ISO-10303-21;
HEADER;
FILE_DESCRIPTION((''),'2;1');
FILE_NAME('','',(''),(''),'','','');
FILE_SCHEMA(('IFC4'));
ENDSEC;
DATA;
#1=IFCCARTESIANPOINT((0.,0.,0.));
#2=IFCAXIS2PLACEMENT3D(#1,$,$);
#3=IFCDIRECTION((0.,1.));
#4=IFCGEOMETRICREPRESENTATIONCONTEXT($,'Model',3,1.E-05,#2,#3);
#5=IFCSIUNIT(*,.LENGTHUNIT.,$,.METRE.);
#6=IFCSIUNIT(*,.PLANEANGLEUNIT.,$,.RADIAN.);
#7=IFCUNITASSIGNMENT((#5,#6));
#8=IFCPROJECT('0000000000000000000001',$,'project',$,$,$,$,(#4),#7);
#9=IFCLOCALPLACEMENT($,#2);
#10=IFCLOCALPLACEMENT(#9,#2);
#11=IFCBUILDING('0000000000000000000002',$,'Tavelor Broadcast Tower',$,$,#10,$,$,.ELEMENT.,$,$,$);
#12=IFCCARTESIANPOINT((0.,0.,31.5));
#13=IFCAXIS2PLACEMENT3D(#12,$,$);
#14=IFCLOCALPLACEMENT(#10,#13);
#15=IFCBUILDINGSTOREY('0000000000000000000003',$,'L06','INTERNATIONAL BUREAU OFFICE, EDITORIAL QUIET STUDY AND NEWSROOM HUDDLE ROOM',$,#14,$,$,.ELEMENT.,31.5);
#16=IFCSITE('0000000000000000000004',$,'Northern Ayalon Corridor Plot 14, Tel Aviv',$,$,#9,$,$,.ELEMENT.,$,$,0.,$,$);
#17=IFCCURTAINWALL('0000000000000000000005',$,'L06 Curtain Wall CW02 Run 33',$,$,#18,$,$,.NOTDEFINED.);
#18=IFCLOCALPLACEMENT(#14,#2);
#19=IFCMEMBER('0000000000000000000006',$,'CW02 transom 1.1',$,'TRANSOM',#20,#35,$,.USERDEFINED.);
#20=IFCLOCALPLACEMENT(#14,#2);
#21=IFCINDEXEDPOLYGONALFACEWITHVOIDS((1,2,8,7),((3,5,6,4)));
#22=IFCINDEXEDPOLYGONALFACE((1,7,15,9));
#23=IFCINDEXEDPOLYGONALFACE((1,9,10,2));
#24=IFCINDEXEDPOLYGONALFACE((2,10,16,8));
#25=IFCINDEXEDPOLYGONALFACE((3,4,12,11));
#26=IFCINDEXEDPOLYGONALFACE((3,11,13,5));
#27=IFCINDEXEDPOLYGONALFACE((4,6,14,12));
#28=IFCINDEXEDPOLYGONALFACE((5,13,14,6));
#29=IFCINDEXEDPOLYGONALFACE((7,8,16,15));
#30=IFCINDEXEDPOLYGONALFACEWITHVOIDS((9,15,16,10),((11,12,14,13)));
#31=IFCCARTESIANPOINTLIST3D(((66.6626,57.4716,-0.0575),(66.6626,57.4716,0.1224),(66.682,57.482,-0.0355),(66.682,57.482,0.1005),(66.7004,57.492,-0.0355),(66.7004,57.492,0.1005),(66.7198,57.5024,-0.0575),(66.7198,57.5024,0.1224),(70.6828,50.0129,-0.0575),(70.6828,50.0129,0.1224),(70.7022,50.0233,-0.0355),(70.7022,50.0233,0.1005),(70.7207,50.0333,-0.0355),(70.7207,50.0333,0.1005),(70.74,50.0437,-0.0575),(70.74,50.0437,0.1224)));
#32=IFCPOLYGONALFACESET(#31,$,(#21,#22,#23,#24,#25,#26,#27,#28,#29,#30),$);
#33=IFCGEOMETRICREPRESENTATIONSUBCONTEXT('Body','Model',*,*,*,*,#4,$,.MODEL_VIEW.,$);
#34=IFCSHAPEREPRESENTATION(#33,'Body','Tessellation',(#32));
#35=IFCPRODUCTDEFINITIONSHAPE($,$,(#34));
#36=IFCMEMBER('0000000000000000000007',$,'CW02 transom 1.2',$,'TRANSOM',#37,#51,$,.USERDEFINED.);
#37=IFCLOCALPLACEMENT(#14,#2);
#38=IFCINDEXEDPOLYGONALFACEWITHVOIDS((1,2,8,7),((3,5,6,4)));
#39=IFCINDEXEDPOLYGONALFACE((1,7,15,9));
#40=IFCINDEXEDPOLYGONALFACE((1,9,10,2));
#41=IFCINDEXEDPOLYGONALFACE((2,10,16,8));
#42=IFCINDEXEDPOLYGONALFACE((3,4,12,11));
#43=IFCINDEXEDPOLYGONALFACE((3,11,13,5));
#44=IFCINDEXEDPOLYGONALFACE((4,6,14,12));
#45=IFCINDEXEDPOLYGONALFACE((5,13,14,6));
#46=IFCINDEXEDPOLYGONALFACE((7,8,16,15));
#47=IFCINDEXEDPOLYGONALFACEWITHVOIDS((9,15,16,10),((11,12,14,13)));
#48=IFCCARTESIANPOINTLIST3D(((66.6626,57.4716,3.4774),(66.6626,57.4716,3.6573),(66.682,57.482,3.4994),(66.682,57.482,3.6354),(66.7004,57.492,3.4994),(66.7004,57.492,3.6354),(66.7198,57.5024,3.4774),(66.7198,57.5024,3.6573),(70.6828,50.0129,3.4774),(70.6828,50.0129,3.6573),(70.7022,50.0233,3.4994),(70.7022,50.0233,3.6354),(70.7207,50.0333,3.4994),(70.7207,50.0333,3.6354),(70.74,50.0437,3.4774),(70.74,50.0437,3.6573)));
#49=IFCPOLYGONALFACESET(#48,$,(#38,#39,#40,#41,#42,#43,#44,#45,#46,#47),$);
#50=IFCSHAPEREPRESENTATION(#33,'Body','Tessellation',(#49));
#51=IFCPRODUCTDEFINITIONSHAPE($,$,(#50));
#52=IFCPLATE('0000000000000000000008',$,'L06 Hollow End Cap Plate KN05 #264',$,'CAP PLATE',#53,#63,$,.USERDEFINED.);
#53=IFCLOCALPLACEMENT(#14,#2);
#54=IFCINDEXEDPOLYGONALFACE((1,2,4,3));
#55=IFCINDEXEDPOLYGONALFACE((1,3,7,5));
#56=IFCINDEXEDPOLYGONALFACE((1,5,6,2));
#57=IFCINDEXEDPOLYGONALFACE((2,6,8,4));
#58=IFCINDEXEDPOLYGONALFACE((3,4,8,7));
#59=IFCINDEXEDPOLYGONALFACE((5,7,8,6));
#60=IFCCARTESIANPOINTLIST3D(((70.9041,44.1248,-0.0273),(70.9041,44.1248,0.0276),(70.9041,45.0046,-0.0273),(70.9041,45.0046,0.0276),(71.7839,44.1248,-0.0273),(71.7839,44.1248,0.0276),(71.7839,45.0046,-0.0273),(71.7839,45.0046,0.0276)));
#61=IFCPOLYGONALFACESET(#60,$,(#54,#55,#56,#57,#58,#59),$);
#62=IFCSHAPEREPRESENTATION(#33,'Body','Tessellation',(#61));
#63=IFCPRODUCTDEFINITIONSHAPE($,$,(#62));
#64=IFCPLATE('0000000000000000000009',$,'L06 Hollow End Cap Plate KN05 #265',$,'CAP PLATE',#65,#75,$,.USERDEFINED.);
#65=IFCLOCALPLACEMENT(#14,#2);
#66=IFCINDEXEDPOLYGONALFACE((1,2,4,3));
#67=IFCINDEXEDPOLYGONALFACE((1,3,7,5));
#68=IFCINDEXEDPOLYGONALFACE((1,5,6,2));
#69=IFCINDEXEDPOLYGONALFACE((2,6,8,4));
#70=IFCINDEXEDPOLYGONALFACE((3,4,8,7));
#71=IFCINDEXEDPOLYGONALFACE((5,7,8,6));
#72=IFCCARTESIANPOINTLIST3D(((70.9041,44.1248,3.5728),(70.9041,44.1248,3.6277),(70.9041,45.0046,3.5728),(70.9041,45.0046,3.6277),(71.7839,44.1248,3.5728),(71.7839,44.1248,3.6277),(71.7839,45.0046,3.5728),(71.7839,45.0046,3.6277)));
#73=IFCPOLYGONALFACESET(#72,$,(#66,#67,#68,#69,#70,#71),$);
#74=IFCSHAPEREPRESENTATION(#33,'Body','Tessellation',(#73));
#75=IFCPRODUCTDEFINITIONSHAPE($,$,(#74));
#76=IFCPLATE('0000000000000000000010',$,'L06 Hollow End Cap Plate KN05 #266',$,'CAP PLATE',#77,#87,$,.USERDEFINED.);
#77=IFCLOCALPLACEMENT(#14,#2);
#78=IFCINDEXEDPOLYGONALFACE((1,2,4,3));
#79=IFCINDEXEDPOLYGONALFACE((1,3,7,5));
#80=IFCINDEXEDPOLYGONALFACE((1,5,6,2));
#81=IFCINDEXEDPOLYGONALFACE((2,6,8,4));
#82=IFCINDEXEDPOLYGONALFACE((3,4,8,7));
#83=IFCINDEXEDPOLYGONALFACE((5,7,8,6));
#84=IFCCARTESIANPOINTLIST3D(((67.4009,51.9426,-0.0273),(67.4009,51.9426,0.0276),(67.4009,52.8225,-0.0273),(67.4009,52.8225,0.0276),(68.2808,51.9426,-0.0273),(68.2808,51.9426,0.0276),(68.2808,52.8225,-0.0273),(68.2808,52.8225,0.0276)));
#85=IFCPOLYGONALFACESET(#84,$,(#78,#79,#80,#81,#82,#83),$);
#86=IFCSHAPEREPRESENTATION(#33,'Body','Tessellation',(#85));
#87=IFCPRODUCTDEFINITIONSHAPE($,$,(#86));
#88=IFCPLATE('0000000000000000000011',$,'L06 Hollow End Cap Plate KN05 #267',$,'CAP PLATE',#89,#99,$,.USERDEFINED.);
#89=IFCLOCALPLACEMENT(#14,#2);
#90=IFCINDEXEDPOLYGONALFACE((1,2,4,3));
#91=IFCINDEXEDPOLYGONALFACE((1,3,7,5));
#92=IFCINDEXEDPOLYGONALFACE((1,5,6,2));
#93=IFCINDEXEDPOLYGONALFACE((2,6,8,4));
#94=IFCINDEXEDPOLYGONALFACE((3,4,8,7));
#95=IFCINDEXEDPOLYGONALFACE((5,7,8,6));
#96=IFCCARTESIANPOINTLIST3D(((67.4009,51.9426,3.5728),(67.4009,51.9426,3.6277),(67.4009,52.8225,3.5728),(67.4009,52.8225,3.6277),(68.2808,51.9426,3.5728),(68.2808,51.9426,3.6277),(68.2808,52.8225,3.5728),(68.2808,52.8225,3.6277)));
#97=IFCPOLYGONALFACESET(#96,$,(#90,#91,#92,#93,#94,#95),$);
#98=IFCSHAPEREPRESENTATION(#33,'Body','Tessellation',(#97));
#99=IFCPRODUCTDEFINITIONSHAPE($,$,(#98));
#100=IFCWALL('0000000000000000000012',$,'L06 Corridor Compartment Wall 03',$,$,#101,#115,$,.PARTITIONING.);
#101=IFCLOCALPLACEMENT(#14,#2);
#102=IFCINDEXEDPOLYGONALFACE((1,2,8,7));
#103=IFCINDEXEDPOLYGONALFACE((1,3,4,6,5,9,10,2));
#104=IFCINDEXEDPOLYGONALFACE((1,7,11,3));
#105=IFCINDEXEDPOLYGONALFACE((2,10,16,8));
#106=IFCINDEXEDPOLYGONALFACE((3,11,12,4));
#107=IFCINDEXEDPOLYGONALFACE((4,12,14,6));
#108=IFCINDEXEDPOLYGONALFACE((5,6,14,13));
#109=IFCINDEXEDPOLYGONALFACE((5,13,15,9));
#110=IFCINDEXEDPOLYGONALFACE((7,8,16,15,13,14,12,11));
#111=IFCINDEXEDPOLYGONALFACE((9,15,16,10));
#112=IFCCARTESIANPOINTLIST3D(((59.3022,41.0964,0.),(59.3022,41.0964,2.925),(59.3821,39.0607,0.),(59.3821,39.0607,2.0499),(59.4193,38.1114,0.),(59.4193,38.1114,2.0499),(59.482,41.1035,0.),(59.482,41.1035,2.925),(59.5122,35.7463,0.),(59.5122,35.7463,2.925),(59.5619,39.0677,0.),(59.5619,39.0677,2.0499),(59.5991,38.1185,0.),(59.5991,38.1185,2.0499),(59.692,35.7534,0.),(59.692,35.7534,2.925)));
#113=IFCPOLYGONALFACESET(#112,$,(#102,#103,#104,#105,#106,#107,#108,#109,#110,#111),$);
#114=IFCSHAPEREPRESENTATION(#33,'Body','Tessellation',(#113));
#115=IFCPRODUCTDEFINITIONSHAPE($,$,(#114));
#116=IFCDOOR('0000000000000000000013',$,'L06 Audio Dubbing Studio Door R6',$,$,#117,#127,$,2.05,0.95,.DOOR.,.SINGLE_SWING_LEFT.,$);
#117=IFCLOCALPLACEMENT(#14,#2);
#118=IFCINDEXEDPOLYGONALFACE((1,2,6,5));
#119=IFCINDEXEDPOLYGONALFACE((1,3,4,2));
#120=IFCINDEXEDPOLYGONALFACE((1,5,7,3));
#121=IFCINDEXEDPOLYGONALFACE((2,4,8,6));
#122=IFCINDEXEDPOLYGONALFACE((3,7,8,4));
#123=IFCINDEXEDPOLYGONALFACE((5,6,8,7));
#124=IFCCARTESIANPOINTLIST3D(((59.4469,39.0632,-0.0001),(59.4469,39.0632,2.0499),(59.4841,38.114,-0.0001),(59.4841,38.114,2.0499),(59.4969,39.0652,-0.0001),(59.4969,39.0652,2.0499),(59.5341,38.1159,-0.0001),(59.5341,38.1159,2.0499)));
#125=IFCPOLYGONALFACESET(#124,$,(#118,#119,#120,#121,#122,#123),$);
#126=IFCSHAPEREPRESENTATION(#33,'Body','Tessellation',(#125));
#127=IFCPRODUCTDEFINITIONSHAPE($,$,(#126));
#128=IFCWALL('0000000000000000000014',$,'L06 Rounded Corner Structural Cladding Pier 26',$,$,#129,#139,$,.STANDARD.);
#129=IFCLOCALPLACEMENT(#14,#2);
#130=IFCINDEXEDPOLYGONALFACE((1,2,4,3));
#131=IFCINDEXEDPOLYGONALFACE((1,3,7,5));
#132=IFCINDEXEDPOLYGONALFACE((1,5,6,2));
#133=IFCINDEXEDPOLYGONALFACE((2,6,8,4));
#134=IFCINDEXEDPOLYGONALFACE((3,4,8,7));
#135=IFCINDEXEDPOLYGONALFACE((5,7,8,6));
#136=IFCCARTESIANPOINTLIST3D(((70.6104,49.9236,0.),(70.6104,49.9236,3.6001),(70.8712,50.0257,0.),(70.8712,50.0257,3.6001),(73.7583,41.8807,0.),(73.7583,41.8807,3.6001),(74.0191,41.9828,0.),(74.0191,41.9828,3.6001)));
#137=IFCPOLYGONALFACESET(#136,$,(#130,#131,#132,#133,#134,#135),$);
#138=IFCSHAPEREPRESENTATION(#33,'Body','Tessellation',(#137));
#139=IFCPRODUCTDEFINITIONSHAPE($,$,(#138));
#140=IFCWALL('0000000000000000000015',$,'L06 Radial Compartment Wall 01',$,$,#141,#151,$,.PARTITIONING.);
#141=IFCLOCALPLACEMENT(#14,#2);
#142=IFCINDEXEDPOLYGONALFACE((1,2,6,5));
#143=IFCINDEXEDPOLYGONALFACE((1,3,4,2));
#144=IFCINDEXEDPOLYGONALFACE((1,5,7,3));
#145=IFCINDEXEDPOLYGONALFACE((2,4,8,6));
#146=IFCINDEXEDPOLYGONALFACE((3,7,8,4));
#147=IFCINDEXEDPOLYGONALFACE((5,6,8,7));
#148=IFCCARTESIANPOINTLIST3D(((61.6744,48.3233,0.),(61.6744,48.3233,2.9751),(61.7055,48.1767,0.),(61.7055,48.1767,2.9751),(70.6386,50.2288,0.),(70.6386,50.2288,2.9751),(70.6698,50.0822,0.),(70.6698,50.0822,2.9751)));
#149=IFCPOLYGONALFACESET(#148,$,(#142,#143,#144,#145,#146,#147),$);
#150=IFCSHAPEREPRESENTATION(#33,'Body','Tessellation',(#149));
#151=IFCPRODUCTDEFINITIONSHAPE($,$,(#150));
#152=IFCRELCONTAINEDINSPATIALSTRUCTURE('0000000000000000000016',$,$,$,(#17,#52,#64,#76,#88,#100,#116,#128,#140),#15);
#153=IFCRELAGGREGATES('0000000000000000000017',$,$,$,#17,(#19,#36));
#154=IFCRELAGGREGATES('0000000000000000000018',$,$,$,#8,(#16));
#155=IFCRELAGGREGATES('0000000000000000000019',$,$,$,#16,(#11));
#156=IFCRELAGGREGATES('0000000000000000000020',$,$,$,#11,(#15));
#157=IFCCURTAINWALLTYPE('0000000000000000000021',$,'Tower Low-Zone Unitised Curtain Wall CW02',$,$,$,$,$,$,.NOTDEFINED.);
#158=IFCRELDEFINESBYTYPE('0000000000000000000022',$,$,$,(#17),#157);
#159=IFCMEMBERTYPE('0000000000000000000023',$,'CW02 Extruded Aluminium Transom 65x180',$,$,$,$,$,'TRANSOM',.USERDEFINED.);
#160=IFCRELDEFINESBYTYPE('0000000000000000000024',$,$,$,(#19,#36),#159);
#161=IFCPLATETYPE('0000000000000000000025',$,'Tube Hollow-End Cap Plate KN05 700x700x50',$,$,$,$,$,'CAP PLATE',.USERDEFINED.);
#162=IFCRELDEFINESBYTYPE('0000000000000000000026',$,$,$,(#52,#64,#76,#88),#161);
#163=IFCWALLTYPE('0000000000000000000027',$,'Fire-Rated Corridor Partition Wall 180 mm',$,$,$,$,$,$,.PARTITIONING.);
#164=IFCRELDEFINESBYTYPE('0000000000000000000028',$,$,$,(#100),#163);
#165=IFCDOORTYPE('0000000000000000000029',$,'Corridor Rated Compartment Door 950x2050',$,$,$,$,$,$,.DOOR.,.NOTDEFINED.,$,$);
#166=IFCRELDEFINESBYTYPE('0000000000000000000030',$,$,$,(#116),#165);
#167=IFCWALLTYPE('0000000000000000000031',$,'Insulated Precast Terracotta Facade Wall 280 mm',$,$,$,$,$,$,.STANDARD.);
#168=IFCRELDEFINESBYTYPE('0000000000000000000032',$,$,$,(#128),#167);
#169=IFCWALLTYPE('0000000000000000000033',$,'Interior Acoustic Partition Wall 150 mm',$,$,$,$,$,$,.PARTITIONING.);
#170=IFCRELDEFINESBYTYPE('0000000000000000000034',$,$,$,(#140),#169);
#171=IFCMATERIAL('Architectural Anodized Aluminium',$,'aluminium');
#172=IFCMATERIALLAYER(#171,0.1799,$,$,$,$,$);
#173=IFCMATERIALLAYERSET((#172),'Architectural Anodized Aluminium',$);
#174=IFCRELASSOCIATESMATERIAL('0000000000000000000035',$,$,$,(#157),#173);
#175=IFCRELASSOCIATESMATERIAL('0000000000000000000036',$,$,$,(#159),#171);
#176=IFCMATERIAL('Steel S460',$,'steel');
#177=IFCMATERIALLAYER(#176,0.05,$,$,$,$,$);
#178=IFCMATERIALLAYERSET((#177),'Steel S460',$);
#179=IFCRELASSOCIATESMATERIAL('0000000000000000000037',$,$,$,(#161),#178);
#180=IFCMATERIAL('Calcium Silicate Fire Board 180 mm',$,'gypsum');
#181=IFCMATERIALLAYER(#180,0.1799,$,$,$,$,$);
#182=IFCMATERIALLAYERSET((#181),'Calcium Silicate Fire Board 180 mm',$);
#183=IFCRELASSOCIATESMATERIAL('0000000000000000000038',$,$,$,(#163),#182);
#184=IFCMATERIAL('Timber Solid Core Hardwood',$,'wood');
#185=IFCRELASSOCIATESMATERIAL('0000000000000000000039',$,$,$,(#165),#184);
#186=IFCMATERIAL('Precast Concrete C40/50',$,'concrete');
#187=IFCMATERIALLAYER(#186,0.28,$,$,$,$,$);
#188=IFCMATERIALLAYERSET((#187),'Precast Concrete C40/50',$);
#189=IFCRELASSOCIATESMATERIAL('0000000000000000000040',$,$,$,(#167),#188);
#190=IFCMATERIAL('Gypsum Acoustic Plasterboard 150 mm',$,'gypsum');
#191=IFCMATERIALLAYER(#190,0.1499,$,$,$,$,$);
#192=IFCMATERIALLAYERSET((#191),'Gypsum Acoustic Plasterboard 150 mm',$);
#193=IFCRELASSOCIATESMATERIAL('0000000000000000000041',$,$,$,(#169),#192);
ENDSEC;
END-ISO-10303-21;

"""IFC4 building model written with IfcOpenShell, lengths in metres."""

from ifc_helpers import new_model, si_unit, direction, frame, frame_2d, origin, origin_2d, place, context, subcontext, project, spatial, rectangle, hollow_rectangle, extrude, source, transform, mapped, material, layer, layer_set, material_profile, profile_set, type_object, type_shapes, element, fill, aggregate, save


model = new_model("IFC4")

# Units and contexts
model_context = context("Model", 3, precision=1e-05, world=origin(), true_north=direction((0.0, 1.0)))
body_context = subcontext(model_context, "Body", "Model", "MODEL_VIEW")
ifc_project = project(units=[si_unit("LENGTHUNIT", "METRE"), si_unit("PLANEANGLEUNIT", "RADIAN")], contexts=[model_context])

# Site, building, storey
site_placement = place(None, origin())
site = spatial("IfcSite", under=ifc_project, at=site_placement, Name="Northern Ayalon Corridor Plot 14, Tel Aviv", CompositionType="ELEMENT", RefElevation=0.0)
building_placement = place(site_placement, origin())
building = spatial("IfcBuilding", under=site, at=building_placement, Name="Tavelor Broadcast Tower", CompositionType="ELEMENT")
storey_placement = place(building_placement, frame((0.0, 0.0, 31.5)))
storey = spatial("IfcBuildingStorey", under=building, at=storey_placement, Name="L06", Description="INTERNATIONAL BUREAU OFFICE, EDITORIAL QUIET STUDY AND NEWSROOM HUDDLE ROOM", CompositionType="ELEMENT", Elevation=31.5)

# Shared definitions
ifc_material_1 = material(Name="Steel S460", Category="steel")

# Curtain wall, members
ifc_material_2 = material(Name="Architectural Anodized Aluminium", Category="aluminium")
ifc_layer_1 = layer(ifc_material_2, 0.1799)
ifc_layer_set_1 = layer_set([ifc_layer_1], Name="Architectural Anodized Aluminium")
curtain_wall_type = type_object("IfcCurtainWallType", Name="Tower Low-Zone Unitised Curtain Wall CW02", PredefinedType="NOTDEFINED", material=ifc_layer_set_1)
curtain_wall_placement = place(storey_placement, origin())
curtain_wall = element("IfcCurtainWall", 1, at=curtain_wall_placement, inside=storey, type_object=curtain_wall_type, Name="L06 Curtain Wall CW02 Run 33", PredefinedType="NOTDEFINED")
ifc_material_profile_1 = material_profile(ifc_material_2, hollow_rectangle(XDim=0.0649, YDim=0.1799, WallThickness=0.022, at=origin_2d()), Name="RHS 65x180x22")
ifc_profile_set_1 = profile_set([ifc_material_profile_1], Name="Architectural Anodized Aluminium")
member_type_1 = type_object("IfcMemberType", Name="CW02 Extruded Aluminium Transom 65x180", ElementType="TRANSOM", PredefinedType="USERDEFINED", material=ifc_profile_set_1)
shared_shape_1 = source(origin(), body_context, "Body", "SweptSolid", [
    extrude(hollow_rectangle(XDim=0.0649, YDim=0.1799, WallThickness=0.022, at=origin_2d()), origin(), (0.0, 0.0, 1.0), 8.4731),
])
type_shapes(member_type_1, [shared_shape_1])
member_1_placement = place(storey_placement, frame((70.7114, 50.0283, 0.0325), z_axis=(-0.474467, 0.880273, 0.0), x_axis=(-0.880273, -0.474467, 0.0)))
member_1 = element("IfcMember", 2, at=member_1_placement, type_object=member_type_1, Name="CW02 transom 1.1", ObjectType="TRANSOM", PredefinedType="USERDEFINED", context=body_context, shape_type="MappedRepresentation", body=[
    mapped(shared_shape_1, transform((0.0, 0.0, 0.0), scale=1.0)),
])
member_2_placement = place(storey_placement, frame((70.7114, 50.0283, 3.5674), z_axis=(-0.474467, 0.880273, 0.0), x_axis=(-0.880273, -0.474467, 0.0)))
member_2 = element("IfcMember", 3, at=member_2_placement, type_object=member_type_1, Name="CW02 transom 1.2", ObjectType="TRANSOM", PredefinedType="USERDEFINED", context=body_context, shape_type="MappedRepresentation", body=[
    mapped(shared_shape_1, transform((0.0, 0.0, 0.0), scale=1.0)),
])
aggregate(curtain_wall, [member_1, member_2])

# Plates
ifc_layer_2 = layer(ifc_material_1, 0.05)
ifc_layer_set_2 = layer_set([ifc_layer_2], Name="Steel S460")
plate_type = type_object("IfcPlateType", Name="Tube Hollow-End Cap Plate KN05 700x700x50", ElementType="CAP PLATE", PredefinedType="USERDEFINED", material=ifc_layer_set_2)
shared_shape_2 = source(origin(), body_context, "Body", "SweptSolid", [
    extrude(rectangle(XDim=0.8799, YDim=0.8799, at=origin_2d()), origin(), (0.0, 0.0, 1.0), 0.0549),
])
type_shapes(plate_type, [shared_shape_2])
for number, where, z_axis, x_axis, name in (
    (4, (71.344, 44.5647, -0.0273), (0.0, 0.0, 1.0), (1.0, 0.0, 0.0), "L06 Hollow End Cap Plate KN05 #264"),
    (5, (71.344, 44.5647, 3.5728), (0.0, 0.0, 1.0), (1.0, 0.0, 0.0), "L06 Hollow End Cap Plate KN05 #265"),
    (6, (67.8408, 52.3826, -0.0273), (0.0, 0.0, 1.0), (1.0, 0.0, 0.0), "L06 Hollow End Cap Plate KN05 #266"),
    (7, (67.8408, 52.3826, 3.5728), (0.0, 0.0, 1.0), (1.0, 0.0, 0.0), "L06 Hollow End Cap Plate KN05 #267"),
):
    element("IfcPlate", number, at=place(storey_placement, frame(where, z_axis=z_axis, x_axis=x_axis)), inside=storey, type_object=plate_type, Name=name, ObjectType="CAP PLATE", PredefinedType="USERDEFINED", context=body_context, shape_type="MappedRepresentation", body=[
        mapped(shared_shape_2, transform((0.0, 0.0, 0.0), scale=1.0)),
    ])

# Wall, opening, door
ifc_material_3 = material(Name="Calcium Silicate Fire Board 180 mm", Category="gypsum")
ifc_layer_3 = layer(ifc_material_3, 0.1799)
ifc_layer_set_3 = layer_set([ifc_layer_3], Name="Calcium Silicate Fire Board 180 mm")
wall_type_1 = type_object("IfcWallType", Name="Fire-Rated Corridor Partition Wall 180 mm", PredefinedType="PARTITIONING", material=ifc_layer_set_3)
wall_1_placement = place(storey_placement, frame((59.3921, 41.1001, 0.0), z_axis=(0.0, 0.0, 1.0), x_axis=(0.039214, -0.999231, 0.0)))
wall_1 = element("IfcWall", 8, at=wall_1_placement, inside=storey, type_object=wall_type_1, Name="L06 Corridor Compartment Wall 03", PredefinedType="PARTITIONING", context=body_context, shape_type="SweptSolid", body=[
    extrude(rectangle(XDim=5.3542, YDim=0.1799, at=frame_2d((2.6772, 0.0))), origin(), (0.0, 0.0, 1.0), 2.925),
])
opening_1_placement = place(wall_1_placement, frame((2.0374, 0.0, 0.0)))
opening_1 = element("IfcOpeningElement", 9, at=opening_1_placement, cuts=wall_1, PredefinedType="OPENING", context=body_context, shape_type="SweptSolid", body=[
    extrude(rectangle(XDim=0.95, YDim=2.05, at=frame_2d((0.4751, 1.0249))), frame((0.0, 0.1001, 0.0), z_axis=(0.0, -1.0, 0.0), x_axis=(1.0, 0.0, 0.0)), (0.0, 0.0, 1.0), 0.2),
])
ifc_material_4 = material(Name="Timber Solid Core Hardwood", Category="wood")
door_type_1 = type_object("IfcDoorType", Name="Corridor Rated Compartment Door 950x2050", OperationType="NOTDEFINED", PredefinedType="DOOR", material=ifc_material_4)
door_1_placement = place(opening_1_placement, origin())
door_1 = element("IfcDoor", 10, at=door_1_placement, inside=storey, type_object=door_type_1, Name="L06 Audio Dubbing Studio Door R6", OperationType="SINGLE_SWING_LEFT", OverallHeight=2.05, OverallWidth=0.95, PredefinedType="DOOR", context=body_context, shape_type="SweptSolid", body=[
    extrude(rectangle(XDim=0.95, YDim=2.05, at=frame_2d((0.4751, 1.0249))), frame((0.0, 0.0249, 0.0), z_axis=(0.0, -1.0, 0.0), x_axis=(1.0, 0.0, 0.0)), (0.0, 0.0, 1.0), 0.05),
])
fill(opening_1, door_1)

# Walls
ifc_material_5 = material(Name="Precast Concrete C40/50", Category="concrete")
ifc_layer_4 = layer(ifc_material_5, 0.28)
ifc_layer_set_4 = layer_set([ifc_layer_4], Name="Precast Concrete C40/50")
wall_type_2 = type_object("IfcWallType", Name="Insulated Precast Terracotta Facade Wall 280 mm", PredefinedType="STANDARD", material=ifc_layer_set_4)
wall_2_placement = place(storey_placement, frame((73.8887, 41.9319, 0.0), z_axis=(0.0, 0.0, 1.0), x_axis=(-0.36447, 0.931215, 0.0)))
element("IfcWall", 11, at=wall_2_placement, inside=storey, type_object=wall_type_2, Name="L06 Rounded Corner Structural Cladding Pier 26", PredefinedType="STANDARD", context=body_context, shape_type="SweptSolid", body=[
    extrude(rectangle(XDim=8.637, YDim=0.28, at=frame_2d((4.3184, 0.0))), origin(), (0.0, 0.0, 1.0), 3.6001),
])
ifc_material_6 = material(Name="Gypsum Acoustic Plasterboard 150 mm", Category="gypsum")
ifc_layer_5 = layer(ifc_material_6, 0.1499)
ifc_layer_set_5 = layer_set([ifc_layer_5], Name="Gypsum Acoustic Plasterboard 150 mm")
wall_type_3 = type_object("IfcWallType", Name="Interior Acoustic Partition Wall 150 mm", PredefinedType="PARTITIONING", material=ifc_layer_set_5)
wall_3_placement = place(storey_placement, frame((61.6899, 48.25, 0.0), z_axis=(0.0, 0.0, 1.0), x_axis=(0.978146, 0.207921, 0.0)))
element("IfcWall", 12, at=wall_3_placement, inside=storey, type_object=wall_type_3, Name="L06 Radial Compartment Wall 01", PredefinedType="PARTITIONING", context=body_context, shape_type="SweptSolid", body=[
    extrude(rectangle(XDim=9.1646, YDim=0.1499, at=frame_2d((4.5823, 0.0))), origin(), (0.0, 0.0, 1.0), 2.9751),
])

save(model, "model.ifc")
